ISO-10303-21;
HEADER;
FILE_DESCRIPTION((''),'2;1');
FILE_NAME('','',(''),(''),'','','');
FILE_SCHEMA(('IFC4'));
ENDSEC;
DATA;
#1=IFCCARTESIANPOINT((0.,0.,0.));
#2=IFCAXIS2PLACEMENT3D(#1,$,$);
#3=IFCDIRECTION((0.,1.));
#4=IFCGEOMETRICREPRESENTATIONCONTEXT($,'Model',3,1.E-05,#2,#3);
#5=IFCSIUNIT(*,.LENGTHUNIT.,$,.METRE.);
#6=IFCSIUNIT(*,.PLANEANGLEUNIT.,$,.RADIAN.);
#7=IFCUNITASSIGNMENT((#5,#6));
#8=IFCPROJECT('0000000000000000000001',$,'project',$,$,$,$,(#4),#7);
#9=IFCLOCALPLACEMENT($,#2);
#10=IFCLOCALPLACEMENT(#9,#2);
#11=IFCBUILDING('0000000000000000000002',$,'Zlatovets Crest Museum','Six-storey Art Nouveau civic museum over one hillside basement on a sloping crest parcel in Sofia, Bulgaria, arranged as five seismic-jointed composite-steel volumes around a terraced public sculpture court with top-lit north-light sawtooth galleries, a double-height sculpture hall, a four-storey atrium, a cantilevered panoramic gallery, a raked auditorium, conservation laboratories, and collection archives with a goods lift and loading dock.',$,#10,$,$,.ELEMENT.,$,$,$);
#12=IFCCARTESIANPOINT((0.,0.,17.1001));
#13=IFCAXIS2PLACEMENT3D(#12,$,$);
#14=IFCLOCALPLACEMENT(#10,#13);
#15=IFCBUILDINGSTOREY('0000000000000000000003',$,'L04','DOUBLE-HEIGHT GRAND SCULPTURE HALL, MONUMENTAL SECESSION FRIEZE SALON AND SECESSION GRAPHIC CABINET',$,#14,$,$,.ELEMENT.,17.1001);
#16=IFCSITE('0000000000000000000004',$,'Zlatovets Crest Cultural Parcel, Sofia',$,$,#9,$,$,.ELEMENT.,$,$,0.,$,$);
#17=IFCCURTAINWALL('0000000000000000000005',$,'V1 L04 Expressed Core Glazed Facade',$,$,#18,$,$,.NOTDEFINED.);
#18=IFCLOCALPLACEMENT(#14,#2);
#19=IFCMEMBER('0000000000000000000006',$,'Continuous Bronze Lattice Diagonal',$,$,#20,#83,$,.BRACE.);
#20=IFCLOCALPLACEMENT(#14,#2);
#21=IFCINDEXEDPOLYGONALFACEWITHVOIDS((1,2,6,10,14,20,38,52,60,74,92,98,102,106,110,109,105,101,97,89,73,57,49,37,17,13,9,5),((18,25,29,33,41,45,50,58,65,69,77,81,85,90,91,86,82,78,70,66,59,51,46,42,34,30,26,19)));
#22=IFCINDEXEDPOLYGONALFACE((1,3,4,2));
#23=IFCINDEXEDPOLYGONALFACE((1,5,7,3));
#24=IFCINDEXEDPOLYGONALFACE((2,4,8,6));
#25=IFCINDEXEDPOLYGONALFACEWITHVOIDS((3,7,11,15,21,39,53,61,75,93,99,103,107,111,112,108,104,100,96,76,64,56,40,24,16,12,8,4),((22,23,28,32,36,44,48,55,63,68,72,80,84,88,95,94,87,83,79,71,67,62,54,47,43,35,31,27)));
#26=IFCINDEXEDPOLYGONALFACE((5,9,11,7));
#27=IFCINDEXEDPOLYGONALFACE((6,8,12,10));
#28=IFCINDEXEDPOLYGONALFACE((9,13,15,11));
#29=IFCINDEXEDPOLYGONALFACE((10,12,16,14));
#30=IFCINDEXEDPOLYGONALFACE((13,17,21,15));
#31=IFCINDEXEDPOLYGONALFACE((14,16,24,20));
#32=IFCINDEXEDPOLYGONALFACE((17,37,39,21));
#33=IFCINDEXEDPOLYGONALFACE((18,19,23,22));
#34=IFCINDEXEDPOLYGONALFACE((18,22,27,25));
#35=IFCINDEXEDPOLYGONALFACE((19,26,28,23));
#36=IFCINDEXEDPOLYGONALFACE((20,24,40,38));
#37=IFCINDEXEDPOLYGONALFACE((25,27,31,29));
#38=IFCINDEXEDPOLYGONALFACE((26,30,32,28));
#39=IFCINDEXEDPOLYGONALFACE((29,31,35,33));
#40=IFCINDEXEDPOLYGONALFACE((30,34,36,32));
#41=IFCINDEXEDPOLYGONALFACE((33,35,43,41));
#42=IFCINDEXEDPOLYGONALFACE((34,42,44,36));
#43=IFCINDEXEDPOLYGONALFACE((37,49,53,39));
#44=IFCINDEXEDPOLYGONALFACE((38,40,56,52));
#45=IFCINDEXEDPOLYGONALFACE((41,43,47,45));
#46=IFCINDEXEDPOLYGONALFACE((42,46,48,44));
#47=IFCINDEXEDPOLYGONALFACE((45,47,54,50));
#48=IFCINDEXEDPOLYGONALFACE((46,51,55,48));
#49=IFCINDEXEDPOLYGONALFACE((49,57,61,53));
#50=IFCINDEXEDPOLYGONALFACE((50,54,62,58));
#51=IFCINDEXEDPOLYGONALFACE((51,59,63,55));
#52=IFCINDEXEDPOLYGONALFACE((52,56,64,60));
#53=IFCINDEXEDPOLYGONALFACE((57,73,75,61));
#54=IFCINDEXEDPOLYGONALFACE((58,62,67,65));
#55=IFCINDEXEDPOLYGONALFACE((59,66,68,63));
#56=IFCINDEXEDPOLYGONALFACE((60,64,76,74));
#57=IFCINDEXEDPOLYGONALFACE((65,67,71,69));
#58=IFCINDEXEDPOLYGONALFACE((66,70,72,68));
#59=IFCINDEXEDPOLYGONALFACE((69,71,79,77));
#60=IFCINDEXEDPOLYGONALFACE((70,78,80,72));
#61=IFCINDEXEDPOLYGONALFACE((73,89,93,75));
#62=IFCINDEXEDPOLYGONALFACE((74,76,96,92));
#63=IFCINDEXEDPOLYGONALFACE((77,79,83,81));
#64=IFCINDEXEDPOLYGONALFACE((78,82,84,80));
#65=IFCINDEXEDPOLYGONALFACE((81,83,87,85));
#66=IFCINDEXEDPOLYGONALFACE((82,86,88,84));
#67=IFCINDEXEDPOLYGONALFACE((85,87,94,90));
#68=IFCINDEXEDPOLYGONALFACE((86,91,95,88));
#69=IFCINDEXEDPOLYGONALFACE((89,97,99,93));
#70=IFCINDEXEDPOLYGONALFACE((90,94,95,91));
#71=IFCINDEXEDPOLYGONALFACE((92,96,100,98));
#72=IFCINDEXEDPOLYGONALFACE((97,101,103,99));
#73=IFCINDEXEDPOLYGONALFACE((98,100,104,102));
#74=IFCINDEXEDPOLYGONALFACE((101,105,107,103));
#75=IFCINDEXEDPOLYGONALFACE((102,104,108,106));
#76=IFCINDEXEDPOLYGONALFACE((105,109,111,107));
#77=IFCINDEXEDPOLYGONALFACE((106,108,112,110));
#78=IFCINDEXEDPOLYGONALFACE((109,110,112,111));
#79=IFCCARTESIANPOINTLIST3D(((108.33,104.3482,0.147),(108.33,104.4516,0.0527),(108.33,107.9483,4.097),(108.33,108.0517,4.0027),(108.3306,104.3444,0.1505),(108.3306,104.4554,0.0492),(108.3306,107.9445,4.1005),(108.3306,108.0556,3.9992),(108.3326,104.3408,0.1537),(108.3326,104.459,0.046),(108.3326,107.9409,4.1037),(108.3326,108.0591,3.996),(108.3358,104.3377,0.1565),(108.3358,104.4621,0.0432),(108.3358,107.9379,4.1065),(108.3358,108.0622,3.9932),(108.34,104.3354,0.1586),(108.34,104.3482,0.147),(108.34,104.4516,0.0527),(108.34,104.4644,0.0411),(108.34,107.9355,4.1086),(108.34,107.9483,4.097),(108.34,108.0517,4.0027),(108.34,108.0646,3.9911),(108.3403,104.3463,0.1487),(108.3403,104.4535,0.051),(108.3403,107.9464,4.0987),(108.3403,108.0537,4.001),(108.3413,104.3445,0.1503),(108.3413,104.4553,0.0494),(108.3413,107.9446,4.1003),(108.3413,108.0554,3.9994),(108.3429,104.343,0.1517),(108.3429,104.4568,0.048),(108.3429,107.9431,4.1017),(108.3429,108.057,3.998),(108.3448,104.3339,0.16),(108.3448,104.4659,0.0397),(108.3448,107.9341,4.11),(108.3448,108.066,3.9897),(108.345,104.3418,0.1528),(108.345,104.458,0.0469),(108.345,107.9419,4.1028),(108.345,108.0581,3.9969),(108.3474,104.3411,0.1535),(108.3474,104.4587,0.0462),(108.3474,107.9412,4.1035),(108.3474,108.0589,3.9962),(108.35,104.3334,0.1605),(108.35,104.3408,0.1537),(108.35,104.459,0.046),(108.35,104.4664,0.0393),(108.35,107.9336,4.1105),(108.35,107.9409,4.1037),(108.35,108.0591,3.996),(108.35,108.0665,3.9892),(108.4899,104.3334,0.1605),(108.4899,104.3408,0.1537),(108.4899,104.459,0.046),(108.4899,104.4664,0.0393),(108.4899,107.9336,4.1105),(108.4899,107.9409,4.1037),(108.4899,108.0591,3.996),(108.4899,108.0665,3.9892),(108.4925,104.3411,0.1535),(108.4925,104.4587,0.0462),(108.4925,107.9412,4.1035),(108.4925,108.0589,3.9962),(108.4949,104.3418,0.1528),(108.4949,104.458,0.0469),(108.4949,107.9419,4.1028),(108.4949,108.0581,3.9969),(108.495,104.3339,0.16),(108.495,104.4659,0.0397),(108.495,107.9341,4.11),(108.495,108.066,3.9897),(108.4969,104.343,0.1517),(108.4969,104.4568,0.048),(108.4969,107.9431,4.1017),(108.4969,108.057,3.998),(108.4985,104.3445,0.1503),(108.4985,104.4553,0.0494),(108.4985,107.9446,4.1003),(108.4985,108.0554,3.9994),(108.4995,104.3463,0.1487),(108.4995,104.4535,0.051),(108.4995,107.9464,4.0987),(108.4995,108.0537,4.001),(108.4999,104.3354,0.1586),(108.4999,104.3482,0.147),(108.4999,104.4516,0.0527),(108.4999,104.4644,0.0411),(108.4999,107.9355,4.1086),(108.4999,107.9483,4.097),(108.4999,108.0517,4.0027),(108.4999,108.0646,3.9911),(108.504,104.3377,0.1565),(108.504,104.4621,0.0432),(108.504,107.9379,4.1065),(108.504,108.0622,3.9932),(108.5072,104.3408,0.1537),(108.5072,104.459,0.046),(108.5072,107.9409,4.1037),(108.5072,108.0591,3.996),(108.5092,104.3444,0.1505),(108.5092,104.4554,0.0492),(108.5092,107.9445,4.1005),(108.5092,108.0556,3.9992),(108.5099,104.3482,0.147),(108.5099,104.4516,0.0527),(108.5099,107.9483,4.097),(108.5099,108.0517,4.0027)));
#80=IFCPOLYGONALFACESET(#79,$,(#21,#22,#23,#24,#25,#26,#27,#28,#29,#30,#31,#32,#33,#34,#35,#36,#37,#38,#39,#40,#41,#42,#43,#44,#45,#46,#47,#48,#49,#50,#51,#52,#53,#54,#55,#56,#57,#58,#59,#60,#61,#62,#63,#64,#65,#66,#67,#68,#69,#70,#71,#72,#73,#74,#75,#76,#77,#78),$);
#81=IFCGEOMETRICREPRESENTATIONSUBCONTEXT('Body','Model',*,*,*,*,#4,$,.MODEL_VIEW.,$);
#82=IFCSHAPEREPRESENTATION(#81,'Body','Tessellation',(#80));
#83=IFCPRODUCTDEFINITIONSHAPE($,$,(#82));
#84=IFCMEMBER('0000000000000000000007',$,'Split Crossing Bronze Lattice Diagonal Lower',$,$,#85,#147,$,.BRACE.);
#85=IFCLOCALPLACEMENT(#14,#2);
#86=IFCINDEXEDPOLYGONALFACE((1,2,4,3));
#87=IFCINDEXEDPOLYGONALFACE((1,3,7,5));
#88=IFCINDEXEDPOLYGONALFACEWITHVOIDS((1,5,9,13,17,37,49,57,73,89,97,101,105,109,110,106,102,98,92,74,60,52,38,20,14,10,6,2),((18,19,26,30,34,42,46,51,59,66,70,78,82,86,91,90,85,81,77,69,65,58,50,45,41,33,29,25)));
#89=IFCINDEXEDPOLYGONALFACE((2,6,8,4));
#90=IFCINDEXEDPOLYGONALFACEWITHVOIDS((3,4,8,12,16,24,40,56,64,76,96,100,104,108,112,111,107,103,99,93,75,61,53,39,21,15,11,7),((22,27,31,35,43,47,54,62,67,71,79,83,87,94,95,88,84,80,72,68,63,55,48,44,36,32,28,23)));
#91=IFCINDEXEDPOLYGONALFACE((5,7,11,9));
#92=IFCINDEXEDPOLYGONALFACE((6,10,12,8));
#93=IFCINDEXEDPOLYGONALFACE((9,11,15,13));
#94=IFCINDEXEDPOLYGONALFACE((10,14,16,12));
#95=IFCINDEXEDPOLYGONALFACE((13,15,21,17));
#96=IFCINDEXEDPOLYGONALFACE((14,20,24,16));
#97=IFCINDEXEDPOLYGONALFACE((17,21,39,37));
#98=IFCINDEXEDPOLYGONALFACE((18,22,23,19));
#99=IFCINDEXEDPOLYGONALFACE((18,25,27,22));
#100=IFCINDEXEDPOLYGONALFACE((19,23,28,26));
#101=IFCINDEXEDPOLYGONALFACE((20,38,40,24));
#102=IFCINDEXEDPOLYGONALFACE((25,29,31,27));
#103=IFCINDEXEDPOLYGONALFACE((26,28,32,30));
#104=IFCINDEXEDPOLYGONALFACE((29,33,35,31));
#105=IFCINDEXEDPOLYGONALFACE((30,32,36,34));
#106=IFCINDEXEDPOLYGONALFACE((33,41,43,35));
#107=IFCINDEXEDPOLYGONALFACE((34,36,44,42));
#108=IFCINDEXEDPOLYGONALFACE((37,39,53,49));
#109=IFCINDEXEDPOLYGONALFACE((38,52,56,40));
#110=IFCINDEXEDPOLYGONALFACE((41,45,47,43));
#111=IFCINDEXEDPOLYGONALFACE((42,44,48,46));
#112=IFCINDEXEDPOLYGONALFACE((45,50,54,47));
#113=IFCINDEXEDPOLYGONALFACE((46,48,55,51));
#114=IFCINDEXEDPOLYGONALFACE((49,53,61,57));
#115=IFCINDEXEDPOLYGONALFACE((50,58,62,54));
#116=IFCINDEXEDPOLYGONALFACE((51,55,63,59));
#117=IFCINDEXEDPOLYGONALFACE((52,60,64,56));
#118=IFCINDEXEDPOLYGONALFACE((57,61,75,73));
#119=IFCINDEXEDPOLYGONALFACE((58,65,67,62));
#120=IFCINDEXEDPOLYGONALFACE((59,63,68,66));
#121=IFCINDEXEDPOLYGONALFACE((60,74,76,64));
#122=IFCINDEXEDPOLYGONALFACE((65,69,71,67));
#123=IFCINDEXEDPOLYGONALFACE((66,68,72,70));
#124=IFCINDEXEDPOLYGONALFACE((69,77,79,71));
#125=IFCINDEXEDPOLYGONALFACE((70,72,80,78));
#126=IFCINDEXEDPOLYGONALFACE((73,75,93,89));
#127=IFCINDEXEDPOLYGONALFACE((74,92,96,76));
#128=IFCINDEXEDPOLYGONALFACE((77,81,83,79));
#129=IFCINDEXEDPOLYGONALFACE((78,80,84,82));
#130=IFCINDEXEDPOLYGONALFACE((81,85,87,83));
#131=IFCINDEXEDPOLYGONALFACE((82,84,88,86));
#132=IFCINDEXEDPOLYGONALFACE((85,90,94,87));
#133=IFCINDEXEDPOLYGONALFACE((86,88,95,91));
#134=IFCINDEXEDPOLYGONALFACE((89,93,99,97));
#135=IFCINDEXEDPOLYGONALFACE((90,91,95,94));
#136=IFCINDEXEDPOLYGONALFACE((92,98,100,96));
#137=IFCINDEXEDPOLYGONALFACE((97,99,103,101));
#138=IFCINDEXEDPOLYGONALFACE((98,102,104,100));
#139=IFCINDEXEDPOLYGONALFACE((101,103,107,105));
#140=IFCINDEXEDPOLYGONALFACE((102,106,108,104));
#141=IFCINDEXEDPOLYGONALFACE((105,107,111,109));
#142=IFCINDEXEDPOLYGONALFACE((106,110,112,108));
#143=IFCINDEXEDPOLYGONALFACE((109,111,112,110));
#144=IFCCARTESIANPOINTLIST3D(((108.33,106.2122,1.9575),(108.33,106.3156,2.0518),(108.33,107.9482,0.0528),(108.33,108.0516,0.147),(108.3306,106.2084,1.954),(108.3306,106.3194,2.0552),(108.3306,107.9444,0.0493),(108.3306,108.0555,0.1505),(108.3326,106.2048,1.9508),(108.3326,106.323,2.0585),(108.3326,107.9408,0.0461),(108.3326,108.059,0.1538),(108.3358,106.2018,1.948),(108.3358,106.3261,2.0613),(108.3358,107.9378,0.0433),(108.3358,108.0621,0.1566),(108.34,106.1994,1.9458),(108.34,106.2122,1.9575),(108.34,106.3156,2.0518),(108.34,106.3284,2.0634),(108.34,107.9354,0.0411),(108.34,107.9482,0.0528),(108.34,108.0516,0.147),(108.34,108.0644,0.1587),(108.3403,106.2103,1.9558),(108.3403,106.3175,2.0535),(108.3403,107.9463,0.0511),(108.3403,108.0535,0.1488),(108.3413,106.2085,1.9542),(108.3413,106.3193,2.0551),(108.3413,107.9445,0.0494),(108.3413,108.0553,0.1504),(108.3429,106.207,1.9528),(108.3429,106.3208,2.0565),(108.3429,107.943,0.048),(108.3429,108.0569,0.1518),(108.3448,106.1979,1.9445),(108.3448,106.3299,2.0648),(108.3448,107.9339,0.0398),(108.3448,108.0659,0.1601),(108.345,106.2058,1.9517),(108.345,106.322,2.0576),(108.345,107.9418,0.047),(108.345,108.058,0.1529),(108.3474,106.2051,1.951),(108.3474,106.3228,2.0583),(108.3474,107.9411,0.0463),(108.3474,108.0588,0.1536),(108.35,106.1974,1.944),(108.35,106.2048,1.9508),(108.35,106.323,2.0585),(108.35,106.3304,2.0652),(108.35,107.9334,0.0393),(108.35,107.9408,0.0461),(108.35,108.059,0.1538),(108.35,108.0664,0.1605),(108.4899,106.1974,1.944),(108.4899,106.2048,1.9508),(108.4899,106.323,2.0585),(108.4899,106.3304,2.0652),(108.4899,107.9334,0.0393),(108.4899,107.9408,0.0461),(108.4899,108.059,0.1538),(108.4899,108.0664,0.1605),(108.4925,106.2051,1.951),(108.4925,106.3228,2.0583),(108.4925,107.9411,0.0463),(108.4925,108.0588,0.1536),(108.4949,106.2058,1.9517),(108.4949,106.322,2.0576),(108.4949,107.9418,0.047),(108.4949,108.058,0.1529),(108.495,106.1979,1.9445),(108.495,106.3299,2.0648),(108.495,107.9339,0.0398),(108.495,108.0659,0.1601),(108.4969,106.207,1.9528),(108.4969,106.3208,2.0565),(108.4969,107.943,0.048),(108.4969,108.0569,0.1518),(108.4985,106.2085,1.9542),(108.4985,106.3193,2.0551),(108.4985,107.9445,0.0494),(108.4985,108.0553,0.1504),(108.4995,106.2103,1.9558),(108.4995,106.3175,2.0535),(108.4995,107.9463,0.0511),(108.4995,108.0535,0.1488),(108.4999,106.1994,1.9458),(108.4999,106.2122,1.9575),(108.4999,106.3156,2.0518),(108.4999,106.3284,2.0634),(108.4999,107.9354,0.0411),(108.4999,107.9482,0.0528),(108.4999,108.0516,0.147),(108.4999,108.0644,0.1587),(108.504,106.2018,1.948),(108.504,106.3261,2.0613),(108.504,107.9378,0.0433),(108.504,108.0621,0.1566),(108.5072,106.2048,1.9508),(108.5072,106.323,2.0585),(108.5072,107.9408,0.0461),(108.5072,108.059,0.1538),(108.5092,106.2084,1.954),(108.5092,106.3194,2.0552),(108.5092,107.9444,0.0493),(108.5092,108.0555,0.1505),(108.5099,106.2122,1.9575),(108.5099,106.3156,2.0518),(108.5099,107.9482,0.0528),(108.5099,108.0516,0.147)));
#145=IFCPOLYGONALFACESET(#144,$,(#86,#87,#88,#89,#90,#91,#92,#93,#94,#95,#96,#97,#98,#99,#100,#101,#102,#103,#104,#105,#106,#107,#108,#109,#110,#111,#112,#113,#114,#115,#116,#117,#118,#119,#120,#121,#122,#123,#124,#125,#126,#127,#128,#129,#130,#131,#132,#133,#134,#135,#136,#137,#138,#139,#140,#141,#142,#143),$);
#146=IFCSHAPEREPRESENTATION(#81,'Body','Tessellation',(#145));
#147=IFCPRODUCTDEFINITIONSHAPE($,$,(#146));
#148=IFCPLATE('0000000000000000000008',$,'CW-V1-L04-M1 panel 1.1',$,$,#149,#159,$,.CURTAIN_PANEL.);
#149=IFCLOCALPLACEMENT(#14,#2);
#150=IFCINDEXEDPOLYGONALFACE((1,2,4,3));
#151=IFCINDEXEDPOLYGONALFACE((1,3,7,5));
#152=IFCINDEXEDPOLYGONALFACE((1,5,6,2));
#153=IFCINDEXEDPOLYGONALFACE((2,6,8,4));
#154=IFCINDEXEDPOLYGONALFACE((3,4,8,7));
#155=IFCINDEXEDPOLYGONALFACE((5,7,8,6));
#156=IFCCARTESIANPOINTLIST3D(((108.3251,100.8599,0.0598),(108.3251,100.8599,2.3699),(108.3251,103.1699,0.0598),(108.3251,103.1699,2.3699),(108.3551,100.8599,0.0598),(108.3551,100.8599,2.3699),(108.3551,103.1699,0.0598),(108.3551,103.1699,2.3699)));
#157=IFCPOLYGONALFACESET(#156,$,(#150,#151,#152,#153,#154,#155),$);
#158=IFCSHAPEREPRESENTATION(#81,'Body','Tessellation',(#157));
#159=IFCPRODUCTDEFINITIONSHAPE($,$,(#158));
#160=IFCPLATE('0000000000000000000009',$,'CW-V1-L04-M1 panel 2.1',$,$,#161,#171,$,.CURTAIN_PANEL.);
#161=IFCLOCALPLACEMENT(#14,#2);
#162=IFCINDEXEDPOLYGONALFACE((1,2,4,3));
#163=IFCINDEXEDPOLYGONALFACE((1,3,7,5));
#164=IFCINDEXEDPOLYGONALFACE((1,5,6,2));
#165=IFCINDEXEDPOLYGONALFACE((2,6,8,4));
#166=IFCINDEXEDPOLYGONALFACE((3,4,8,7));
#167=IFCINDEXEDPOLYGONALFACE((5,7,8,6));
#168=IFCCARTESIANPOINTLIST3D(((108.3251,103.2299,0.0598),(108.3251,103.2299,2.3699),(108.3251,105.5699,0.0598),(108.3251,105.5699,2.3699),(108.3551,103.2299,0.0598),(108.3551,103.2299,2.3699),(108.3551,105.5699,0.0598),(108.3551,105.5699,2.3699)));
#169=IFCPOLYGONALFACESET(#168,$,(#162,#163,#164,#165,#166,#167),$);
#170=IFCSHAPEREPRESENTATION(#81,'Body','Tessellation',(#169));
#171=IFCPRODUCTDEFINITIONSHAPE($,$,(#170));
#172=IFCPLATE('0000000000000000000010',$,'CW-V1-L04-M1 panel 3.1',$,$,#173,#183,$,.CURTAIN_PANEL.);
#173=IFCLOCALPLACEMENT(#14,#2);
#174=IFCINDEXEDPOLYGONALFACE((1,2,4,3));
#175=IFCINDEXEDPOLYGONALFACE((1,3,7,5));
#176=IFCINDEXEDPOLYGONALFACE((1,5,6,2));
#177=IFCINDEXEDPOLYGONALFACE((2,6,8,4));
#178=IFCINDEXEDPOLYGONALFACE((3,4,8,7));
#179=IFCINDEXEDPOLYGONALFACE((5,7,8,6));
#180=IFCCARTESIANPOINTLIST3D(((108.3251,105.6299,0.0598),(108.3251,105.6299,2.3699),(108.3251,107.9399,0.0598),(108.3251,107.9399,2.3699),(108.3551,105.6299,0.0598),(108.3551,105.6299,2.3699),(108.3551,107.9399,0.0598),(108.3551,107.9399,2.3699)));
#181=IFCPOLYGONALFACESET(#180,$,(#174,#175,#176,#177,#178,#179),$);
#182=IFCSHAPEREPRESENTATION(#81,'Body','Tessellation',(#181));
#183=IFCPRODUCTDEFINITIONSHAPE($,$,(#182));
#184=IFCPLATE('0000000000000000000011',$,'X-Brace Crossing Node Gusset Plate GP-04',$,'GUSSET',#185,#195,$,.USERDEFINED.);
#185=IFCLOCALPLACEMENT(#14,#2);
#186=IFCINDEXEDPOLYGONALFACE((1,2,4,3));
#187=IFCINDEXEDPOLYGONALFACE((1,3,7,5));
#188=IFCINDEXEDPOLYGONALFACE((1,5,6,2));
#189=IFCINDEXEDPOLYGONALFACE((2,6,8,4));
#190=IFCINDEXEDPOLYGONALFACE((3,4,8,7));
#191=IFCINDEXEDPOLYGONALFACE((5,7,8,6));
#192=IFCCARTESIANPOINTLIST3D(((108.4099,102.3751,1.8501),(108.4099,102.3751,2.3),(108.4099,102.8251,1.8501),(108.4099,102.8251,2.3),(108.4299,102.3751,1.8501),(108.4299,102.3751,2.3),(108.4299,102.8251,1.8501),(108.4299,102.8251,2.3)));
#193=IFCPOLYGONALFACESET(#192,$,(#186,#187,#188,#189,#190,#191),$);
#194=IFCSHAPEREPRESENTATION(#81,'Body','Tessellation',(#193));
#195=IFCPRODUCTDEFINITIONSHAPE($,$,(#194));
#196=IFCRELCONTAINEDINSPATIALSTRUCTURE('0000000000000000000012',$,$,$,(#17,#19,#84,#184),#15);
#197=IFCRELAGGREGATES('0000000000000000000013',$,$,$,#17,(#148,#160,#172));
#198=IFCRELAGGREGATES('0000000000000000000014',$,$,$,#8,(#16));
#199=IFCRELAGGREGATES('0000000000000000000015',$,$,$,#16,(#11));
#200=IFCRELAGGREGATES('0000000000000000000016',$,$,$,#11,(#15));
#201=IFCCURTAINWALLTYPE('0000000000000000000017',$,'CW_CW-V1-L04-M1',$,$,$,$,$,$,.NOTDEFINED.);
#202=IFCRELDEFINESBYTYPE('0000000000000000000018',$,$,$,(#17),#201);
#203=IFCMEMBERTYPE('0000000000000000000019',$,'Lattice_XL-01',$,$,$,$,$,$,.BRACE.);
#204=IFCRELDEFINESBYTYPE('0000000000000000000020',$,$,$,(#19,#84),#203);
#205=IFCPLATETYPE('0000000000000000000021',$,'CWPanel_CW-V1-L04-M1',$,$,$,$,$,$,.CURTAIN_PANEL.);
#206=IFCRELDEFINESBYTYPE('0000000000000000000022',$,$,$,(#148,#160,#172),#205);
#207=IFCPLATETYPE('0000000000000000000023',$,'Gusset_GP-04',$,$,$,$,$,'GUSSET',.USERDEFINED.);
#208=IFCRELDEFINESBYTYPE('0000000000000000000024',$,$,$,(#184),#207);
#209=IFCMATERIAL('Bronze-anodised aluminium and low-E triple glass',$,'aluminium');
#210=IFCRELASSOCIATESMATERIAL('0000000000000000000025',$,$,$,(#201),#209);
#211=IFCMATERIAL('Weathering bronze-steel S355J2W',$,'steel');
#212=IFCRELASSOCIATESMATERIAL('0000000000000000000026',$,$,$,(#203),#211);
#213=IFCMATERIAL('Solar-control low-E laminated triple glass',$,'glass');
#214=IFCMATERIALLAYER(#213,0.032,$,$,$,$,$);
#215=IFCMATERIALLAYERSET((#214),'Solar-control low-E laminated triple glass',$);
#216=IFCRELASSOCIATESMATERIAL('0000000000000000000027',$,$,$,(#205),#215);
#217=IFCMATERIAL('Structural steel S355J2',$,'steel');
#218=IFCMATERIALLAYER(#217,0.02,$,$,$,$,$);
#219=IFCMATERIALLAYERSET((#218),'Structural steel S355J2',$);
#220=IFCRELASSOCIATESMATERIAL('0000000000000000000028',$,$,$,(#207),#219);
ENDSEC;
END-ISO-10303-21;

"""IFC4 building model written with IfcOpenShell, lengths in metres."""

from ifc_helpers import new_model, si_unit, direction, frame, origin, origin_2d, place, context, subcontext, project, spatial, rectangle, hollow_rectangle, extrude, material, layer, layer_set, material_profile, profile_set, type_object, element, aggregate, save


model = new_model("IFC4")

# Units and contexts
model_context = context("Model", 3, precision=1e-05, world=origin(), true_north=direction((0.0, 1.0)))
body_context = subcontext(model_context, "Body", "Model", "MODEL_VIEW")
ifc_project = project(units=[si_unit("LENGTHUNIT", "METRE"), si_unit("PLANEANGLEUNIT", "RADIAN")], contexts=[model_context])

# Site, building, storey
site_placement = place(None, origin())
site = spatial("IfcSite", under=ifc_project, at=site_placement, Name="Zlatovets Crest Cultural Parcel, Sofia", CompositionType="ELEMENT", RefElevation=0.0)
building_placement = place(site_placement, origin())
building = spatial("IfcBuilding", under=site, at=building_placement, Name="Zlatovets Crest Museum", Description="Six-storey Art Nouveau civic museum over one hillside basement on a sloping crest parcel in Sofia, Bulgaria, arranged as five seismic-jointed composite-steel volumes around a terraced public sculpture court with top-lit north-light sawtooth galleries, a double-height sculpture hall, a four-storey atrium, a cantilevered panoramic gallery, a raked auditorium, conservation laboratories, and collection archives with a goods lift and loading dock.", CompositionType="ELEMENT")
storey_placement = place(building_placement, frame((0.0, 0.0, 17.1001)))
storey = spatial("IfcBuildingStorey", under=building, at=storey_placement, Name="L04", Description="DOUBLE-HEIGHT GRAND SCULPTURE HALL, MONUMENTAL SECESSION FRIEZE SALON AND SECESSION GRAPHIC CABINET", CompositionType="ELEMENT", Elevation=17.1001)

# Shared definitions
ifc_material_1 = material(Name="Structural steel S355J2", Category="steel")

# Curtain wall
ifc_material_2 = material(Name="Bronze-anodised aluminium and low-E triple glass", Category="aluminium")
curtain_wall_type = type_object("IfcCurtainWallType", Name="CW_CW-V1-L04-M1", PredefinedType="NOTDEFINED", material=ifc_material_2)
curtain_wall_placement = place(storey_placement, origin())
curtain_wall = element("IfcCurtainWall", 1, at=curtain_wall_placement, inside=storey, type_object=curtain_wall_type, Name="V1 L04 Expressed Core Glazed Facade", PredefinedType="NOTDEFINED")

# Members
ifc_material_3 = material(Name="Weathering bronze-steel S355J2W", Category="steel")
ifc_material_profile_1 = material_profile(ifc_material_3, hollow_rectangle(XDim=0.1799, YDim=0.1799, WallThickness=0.01, InnerFilletRadius=0.01, OuterFilletRadius=0.02, at=origin_2d()), Name="SHS 180x180x10.0")
ifc_profile_set_1 = profile_set([ifc_material_profile_1], Name="Weathering bronze-steel S355J2W")
member_type_1 = type_object("IfcMemberType", Name="Lattice_XL-01", PredefinedType="BRACE", material=ifc_profile_set_1)
member_1_placement = place(storey_placement, frame((108.4199, 104.3999, 0.0999), z_axis=(0.0, 0.673618, 0.73908), x_axis=(-1.0, 0.0, 0.0)))
element("IfcMember", 2, at=member_1_placement, inside=storey, type_object=member_type_1, Name="Continuous Bronze Lattice Diagonal", PredefinedType="BRACE", context=body_context, shape_type="SweptSolid", body=[
    extrude(hollow_rectangle(XDim=0.1799, YDim=0.1799, WallThickness=0.01, InnerFilletRadius=0.01, OuterFilletRadius=0.02, at=origin_2d()), origin(), (0.0, 0.0, 1.0), 5.3445),
])
member_2_placement = place(storey_placement, frame((108.4199, 106.2639, 2.0046), z_axis=(0.0, 0.67362, -0.739078), x_axis=(-1.0, 0.0, 0.0)))
element("IfcMember", 3, at=member_2_placement, inside=storey, type_object=member_type_1, Name="Split Crossing Bronze Lattice Diagonal Lower", PredefinedType="BRACE", context=body_context, shape_type="SweptSolid", body=[
    extrude(hollow_rectangle(XDim=0.1799, YDim=0.1799, WallThickness=0.01, InnerFilletRadius=0.01, OuterFilletRadius=0.02, at=origin_2d()), origin(), (0.0, 0.0, 1.0), 2.5771),
])

# Plates
ifc_material_4 = material(Name="Solar-control low-E laminated triple glass", Category="glass")
ifc_layer_1 = layer(ifc_material_4, 0.032)
ifc_layer_set_1 = layer_set([ifc_layer_1], Name="Solar-control low-E laminated triple glass")
plate_type_1 = type_object("IfcPlateType", Name="CWPanel_CW-V1-L04-M1", PredefinedType="CURTAIN_PANEL", material=ifc_layer_set_1)
plate_1_placement = place(storey_placement, frame((108.3401, 102.0149, 0.0598), z_axis=(0.0, 0.0, 1.0), x_axis=(0.0, 1.0, 0.0)))
plate_1 = element("IfcPlate", 4, at=plate_1_placement, type_object=plate_type_1, Name="CW-V1-L04-M1 panel 1.1", PredefinedType="CURTAIN_PANEL", context=body_context, shape_type="SweptSolid", body=[
    extrude(rectangle(XDim=2.3101, YDim=0.03, at=origin_2d()), origin(), (0.0, 0.0, 1.0), 2.3101),
])
plate_2_placement = place(storey_placement, frame((108.3401, 104.3999, 0.0598), z_axis=(0.0, 0.0, 1.0), x_axis=(0.0, 1.0, 0.0)))
plate_2 = element("IfcPlate", 5, at=plate_2_placement, type_object=plate_type_1, Name="CW-V1-L04-M1 panel 2.1", PredefinedType="CURTAIN_PANEL", context=body_context, shape_type="SweptSolid", body=[
    extrude(rectangle(XDim=2.3401, YDim=0.03, at=origin_2d()), origin(), (0.0, 0.0, 1.0), 2.3101),
])
plate_3_placement = place(storey_placement, frame((108.3401, 106.7849, 0.0598), z_axis=(0.0, 0.0, 1.0), x_axis=(0.0, 1.0, 0.0)))
plate_3 = element("IfcPlate", 6, at=plate_3_placement, type_object=plate_type_1, Name="CW-V1-L04-M1 panel 3.1", PredefinedType="CURTAIN_PANEL", context=body_context, shape_type="SweptSolid", body=[
    extrude(rectangle(XDim=2.3101, YDim=0.03, at=origin_2d()), origin(), (0.0, 0.0, 1.0), 2.3101),
])
aggregate(curtain_wall, [plate_1, plate_2, plate_3])

# Plate
ifc_layer_2 = layer(ifc_material_1, 0.02)
ifc_layer_set_2 = layer_set([ifc_layer_2], Name="Structural steel S355J2")
plate_type_2 = type_object("IfcPlateType", Name="Gusset_GP-04", ElementType="GUSSET", PredefinedType="USERDEFINED", material=ifc_layer_set_2)
for number, where, z_axis, x_axis, name in (
    (7, (108.4199, 102.6001, 1.8501), (0.0, 0.0, 1.0), (1.0, 0.0, 0.0), "X-Brace Crossing Node Gusset Plate GP-04"),
):
    element("IfcPlate", number, at=place(storey_placement, frame(where, z_axis=z_axis, x_axis=x_axis)), inside=storey, type_object=plate_type_2, Name=name, ObjectType="GUSSET", PredefinedType="USERDEFINED", context=body_context, shape_type="SweptSolid", body=[
        extrude(rectangle(XDim=0.02, YDim=0.45, at=origin_2d()), origin(), (0.0, 0.0, 1.0), 0.45),
    ])

save(model, "model.ifc")
